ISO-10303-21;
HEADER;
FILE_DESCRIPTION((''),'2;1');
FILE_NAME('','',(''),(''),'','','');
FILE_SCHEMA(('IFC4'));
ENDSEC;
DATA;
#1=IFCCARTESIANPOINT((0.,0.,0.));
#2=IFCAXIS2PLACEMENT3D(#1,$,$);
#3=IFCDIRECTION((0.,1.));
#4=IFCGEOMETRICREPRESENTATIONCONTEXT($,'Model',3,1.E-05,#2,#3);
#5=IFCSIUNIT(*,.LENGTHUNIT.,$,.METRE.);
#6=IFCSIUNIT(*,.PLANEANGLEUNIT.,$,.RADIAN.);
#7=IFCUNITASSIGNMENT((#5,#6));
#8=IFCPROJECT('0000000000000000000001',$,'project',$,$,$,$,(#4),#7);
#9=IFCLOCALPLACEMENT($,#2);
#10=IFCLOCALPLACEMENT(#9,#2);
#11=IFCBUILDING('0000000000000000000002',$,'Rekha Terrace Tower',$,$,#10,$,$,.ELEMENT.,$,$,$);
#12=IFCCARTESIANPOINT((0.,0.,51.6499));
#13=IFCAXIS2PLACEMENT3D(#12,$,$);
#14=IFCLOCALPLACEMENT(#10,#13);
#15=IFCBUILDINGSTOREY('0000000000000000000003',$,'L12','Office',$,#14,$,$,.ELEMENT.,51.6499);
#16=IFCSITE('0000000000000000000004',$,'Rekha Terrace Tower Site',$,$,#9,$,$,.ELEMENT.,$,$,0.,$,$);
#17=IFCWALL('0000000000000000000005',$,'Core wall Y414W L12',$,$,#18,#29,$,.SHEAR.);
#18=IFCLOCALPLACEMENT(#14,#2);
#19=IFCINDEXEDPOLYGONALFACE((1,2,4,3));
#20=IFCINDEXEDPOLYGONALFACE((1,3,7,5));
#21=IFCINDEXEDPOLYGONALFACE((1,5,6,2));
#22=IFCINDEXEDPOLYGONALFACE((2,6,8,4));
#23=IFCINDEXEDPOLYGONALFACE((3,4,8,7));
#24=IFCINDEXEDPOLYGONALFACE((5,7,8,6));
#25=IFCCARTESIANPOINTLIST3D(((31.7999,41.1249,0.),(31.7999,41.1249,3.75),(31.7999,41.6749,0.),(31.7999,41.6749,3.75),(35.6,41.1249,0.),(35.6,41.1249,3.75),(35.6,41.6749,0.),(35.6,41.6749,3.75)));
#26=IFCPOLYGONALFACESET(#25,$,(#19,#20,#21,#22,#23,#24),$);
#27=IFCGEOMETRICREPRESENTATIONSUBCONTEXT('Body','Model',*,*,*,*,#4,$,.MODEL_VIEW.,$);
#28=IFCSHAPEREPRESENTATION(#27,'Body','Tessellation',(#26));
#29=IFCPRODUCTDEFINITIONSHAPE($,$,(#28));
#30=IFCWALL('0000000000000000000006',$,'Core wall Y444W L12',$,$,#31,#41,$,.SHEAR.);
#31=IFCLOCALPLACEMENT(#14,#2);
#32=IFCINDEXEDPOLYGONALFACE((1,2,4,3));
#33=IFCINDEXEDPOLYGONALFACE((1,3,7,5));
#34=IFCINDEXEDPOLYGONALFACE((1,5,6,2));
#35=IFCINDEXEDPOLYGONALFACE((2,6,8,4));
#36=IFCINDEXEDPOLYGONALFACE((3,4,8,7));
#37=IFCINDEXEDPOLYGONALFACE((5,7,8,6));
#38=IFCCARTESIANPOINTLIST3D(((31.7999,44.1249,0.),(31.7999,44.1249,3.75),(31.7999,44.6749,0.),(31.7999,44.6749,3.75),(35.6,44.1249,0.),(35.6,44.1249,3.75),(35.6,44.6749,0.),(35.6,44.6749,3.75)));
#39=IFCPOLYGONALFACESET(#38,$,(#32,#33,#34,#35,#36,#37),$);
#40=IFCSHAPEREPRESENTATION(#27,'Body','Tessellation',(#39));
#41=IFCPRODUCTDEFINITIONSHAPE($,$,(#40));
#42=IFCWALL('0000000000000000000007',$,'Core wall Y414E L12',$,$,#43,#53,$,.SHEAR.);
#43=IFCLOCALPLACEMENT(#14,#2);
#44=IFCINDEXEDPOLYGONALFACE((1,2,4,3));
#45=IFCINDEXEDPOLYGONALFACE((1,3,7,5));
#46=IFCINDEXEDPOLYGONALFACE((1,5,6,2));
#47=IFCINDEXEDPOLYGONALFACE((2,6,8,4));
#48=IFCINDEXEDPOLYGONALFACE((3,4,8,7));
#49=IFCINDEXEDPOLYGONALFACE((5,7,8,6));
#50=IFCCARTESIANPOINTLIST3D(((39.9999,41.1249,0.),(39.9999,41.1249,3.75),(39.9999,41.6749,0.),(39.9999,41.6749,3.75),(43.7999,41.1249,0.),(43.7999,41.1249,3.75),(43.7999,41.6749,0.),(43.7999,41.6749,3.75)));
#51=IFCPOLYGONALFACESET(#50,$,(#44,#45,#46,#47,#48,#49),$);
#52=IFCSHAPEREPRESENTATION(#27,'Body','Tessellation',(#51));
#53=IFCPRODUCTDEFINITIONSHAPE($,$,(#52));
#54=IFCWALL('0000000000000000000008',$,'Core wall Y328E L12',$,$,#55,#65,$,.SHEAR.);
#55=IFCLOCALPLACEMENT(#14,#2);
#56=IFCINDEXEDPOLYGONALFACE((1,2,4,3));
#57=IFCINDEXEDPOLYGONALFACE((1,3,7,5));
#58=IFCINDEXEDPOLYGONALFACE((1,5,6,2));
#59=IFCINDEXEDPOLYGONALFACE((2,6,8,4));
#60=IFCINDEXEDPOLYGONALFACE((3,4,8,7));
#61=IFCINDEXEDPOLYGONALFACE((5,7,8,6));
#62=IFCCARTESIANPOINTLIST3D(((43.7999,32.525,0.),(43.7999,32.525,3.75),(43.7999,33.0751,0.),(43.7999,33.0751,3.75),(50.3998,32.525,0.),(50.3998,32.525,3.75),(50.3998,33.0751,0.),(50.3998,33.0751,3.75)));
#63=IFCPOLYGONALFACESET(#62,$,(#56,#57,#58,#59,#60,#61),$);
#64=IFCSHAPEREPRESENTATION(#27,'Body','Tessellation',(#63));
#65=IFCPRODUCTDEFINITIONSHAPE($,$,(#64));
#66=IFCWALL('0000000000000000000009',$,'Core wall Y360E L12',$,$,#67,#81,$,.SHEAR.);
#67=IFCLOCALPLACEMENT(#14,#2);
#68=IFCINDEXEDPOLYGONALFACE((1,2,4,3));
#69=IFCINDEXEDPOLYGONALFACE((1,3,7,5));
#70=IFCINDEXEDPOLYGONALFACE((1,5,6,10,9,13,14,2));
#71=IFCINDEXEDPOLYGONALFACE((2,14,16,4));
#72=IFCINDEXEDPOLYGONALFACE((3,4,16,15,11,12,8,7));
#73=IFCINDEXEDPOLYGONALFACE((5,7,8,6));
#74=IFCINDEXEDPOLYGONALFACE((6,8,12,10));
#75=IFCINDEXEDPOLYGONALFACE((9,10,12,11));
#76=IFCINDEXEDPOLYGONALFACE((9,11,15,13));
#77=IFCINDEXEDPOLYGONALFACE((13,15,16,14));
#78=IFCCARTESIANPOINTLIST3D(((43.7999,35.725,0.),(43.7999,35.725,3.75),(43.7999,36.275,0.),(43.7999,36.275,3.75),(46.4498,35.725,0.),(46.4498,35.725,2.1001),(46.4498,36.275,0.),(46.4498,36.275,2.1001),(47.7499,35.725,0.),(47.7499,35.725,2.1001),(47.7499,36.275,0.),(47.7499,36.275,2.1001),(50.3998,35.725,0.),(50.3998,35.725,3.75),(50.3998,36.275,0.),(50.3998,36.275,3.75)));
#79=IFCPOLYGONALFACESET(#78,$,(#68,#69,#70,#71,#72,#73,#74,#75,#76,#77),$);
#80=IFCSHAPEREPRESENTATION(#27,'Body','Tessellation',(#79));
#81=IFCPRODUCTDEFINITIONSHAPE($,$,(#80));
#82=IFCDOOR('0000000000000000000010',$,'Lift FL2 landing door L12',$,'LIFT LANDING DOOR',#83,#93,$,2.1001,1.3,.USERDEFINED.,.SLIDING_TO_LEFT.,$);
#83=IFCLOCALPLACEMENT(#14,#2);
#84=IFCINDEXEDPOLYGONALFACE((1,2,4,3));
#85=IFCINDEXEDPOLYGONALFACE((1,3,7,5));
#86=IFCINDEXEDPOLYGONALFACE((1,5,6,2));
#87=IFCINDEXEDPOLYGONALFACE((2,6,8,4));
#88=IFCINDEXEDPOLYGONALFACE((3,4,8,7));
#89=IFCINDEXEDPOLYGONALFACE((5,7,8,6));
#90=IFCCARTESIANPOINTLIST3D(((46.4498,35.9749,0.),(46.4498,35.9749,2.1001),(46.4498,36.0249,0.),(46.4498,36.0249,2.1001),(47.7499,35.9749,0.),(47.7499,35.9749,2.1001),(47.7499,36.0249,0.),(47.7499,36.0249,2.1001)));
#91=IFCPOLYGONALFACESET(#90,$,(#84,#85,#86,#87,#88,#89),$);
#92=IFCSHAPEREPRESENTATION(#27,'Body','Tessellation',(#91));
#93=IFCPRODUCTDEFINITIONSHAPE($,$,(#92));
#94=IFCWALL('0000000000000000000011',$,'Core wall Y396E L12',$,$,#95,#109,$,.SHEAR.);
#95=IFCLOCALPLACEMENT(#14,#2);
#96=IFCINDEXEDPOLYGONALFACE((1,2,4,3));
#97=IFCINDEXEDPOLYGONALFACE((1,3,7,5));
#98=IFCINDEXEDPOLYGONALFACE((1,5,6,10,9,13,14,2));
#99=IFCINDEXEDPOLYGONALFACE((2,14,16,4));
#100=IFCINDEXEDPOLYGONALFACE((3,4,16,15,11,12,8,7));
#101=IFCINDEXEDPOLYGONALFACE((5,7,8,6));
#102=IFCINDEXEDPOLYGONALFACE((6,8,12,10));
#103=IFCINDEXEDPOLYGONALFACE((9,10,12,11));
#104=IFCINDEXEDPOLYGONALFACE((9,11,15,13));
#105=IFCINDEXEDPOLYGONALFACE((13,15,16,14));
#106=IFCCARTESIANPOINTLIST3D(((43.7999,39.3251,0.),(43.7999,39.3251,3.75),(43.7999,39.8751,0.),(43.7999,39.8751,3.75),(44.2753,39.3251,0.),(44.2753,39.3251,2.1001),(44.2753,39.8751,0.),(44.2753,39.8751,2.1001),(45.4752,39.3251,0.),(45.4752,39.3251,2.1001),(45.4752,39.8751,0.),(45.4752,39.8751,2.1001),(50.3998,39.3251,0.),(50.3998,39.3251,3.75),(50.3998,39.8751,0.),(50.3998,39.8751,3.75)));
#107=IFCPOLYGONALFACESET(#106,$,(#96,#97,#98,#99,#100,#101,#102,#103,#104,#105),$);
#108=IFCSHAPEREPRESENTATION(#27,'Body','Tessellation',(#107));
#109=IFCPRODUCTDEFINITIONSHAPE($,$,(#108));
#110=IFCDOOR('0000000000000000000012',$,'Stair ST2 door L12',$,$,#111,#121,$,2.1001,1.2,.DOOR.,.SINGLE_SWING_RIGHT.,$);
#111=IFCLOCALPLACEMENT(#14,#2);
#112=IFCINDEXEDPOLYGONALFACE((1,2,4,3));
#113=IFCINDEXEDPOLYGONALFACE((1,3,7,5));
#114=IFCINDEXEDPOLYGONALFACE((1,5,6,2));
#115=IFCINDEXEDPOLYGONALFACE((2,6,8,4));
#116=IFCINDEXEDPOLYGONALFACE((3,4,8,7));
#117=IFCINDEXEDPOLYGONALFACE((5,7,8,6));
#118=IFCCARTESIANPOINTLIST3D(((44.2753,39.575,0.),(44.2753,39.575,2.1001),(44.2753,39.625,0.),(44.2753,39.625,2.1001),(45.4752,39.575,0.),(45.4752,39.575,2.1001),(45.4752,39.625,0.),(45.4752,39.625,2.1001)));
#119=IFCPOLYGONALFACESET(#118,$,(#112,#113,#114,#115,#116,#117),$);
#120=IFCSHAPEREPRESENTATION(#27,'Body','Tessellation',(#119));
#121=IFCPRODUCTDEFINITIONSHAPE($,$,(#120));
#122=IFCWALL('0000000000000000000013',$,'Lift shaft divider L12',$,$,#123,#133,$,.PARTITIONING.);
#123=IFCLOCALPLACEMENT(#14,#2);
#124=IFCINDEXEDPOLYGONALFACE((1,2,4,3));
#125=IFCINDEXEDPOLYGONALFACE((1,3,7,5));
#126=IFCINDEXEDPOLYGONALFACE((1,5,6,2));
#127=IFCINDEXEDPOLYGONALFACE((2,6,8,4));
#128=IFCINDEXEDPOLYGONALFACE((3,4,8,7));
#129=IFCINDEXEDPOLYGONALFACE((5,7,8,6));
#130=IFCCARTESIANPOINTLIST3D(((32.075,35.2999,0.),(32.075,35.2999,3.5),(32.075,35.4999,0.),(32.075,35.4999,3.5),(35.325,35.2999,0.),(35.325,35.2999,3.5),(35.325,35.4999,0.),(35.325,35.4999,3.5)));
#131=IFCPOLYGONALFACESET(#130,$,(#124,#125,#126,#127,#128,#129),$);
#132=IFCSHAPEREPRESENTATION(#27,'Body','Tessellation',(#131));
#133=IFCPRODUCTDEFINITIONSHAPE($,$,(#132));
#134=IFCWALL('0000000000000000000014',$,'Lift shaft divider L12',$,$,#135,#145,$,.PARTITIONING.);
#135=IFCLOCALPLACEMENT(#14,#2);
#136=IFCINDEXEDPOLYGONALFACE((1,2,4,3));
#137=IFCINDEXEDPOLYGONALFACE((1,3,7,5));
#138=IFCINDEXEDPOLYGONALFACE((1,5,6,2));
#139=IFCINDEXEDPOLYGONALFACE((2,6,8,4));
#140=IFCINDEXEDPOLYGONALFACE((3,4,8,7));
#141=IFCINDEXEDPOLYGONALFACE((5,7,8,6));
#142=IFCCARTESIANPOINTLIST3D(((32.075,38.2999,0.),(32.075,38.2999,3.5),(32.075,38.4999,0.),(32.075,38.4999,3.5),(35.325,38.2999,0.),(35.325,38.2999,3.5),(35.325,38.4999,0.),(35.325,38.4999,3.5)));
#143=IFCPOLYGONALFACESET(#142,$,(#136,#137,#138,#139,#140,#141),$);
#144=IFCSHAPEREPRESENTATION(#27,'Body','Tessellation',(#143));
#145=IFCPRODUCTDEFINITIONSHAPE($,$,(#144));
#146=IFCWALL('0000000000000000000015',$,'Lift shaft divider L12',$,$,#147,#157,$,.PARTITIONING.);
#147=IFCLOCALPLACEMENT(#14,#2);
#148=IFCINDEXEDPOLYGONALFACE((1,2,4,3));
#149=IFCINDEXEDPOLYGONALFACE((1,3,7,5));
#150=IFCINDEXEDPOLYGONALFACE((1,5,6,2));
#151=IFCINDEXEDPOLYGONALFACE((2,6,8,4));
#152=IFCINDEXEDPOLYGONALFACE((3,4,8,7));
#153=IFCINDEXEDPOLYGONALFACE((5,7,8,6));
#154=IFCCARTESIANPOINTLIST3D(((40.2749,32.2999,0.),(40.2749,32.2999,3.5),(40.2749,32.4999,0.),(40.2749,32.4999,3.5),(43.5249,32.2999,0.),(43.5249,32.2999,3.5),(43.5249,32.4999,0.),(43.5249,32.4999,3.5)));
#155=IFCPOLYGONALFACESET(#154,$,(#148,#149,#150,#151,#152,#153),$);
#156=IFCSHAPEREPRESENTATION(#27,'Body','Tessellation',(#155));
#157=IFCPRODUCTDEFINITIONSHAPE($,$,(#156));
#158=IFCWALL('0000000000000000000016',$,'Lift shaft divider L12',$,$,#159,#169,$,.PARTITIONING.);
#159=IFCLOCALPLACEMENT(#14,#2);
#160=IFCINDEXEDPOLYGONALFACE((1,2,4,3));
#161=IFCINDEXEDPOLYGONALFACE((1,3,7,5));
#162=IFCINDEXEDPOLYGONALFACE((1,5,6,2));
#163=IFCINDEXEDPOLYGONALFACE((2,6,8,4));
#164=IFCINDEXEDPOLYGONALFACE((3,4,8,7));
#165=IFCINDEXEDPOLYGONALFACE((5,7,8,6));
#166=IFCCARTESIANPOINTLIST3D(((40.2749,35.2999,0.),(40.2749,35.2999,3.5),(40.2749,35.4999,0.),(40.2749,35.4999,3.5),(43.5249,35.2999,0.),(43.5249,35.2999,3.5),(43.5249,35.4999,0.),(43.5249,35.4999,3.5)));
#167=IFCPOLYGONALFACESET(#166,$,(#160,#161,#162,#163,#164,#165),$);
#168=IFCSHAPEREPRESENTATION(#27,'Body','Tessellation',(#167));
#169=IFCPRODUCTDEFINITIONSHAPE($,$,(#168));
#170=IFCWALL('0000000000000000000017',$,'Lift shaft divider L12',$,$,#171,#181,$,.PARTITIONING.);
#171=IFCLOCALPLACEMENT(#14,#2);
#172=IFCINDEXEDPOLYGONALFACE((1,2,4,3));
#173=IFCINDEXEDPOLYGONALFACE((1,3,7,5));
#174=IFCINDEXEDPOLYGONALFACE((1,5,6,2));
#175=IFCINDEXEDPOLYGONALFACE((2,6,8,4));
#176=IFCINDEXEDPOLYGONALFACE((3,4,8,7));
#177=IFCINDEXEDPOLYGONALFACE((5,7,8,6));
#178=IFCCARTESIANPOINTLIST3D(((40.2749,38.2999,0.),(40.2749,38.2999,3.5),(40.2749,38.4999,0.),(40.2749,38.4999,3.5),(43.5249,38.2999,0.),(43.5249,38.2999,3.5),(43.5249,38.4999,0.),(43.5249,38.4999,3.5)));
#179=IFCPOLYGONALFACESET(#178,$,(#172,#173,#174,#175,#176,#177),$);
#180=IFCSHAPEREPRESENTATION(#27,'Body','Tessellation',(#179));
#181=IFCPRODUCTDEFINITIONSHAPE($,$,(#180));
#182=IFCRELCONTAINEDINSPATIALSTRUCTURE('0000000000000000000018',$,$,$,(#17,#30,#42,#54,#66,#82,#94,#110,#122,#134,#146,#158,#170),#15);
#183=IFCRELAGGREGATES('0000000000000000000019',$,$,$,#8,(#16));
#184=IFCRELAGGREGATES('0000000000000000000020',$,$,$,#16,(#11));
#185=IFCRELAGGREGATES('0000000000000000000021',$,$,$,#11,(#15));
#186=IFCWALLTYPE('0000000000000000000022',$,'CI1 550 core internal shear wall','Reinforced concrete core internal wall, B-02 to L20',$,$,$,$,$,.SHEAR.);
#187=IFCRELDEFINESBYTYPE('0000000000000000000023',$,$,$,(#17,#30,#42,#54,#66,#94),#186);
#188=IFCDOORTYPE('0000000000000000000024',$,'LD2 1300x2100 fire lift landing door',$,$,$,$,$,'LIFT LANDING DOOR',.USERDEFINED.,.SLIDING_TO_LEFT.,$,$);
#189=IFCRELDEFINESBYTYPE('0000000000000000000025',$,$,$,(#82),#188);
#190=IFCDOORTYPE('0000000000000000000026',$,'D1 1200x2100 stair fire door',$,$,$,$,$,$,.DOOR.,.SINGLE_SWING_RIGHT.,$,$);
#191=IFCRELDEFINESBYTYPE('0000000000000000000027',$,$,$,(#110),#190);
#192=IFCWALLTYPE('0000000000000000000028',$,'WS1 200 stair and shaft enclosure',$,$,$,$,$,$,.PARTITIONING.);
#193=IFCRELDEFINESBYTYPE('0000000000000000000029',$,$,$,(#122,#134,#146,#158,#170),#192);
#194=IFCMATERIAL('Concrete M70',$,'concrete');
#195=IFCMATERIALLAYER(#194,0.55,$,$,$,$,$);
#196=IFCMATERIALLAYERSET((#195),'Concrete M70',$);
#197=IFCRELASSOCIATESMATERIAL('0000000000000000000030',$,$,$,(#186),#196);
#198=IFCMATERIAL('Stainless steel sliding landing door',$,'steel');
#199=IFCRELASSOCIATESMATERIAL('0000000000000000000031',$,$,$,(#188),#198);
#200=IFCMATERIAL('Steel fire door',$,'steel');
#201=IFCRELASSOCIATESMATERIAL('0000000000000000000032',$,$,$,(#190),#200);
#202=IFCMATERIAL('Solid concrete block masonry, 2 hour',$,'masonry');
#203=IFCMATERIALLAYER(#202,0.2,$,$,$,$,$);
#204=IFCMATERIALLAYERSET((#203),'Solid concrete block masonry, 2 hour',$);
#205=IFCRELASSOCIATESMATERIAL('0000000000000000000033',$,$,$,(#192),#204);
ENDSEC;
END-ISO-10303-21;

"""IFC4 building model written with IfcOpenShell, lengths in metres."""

from ifc_helpers import new_model, si_unit, direction, frame, frame_2d, origin, place, context, subcontext, project, spatial, rectangle, extrude, material, layer, layer_set, type_object, element, fill, save


model = new_model("IFC4")

# Units and contexts
model_context = context("Model", 3, precision=1e-05, world=origin(), true_north=direction((0.0, 1.0)))
body_context = subcontext(model_context, "Body", "Model", "MODEL_VIEW")
ifc_project = project(units=[si_unit("LENGTHUNIT", "METRE"), si_unit("PLANEANGLEUNIT", "RADIAN")], contexts=[model_context])

# Site, building, storey
site_placement = place(None, origin())
site = spatial("IfcSite", under=ifc_project, at=site_placement, Name="Rekha Terrace Tower Site", CompositionType="ELEMENT", RefElevation=0.0)
building_placement = place(site_placement, origin())
building = spatial("IfcBuilding", under=site, at=building_placement, Name="Rekha Terrace Tower", CompositionType="ELEMENT")
storey_placement = place(building_placement, frame((0.0, 0.0, 51.6499)))
storey = spatial("IfcBuildingStorey", under=building, at=storey_placement, Name="L12", Description="Office", CompositionType="ELEMENT", Elevation=51.6499)

# Walls
ifc_material_1 = material(Name="Concrete M70", Category="concrete")
ifc_layer_1 = layer(ifc_material_1, 0.55)
ifc_layer_set_1 = layer_set([ifc_layer_1], Name="Concrete M70")
wall_type_1 = type_object("IfcWallType", Name="CI1 550 core internal shear wall", Description="Reinforced concrete core internal wall, B-02 to L20", PredefinedType="SHEAR", material=ifc_layer_set_1)
for number, where, z_axis, x_axis, name in (
    (1, (31.8, 41.3999, 0.0), (0.0, 0.0, 1.0), (1.0, 0.0, 0.0), "Core wall Y414W L12"),
    (2, (31.8, 44.3999, 0.0), (0.0, 0.0, 1.0), (1.0, 0.0, 0.0), "Core wall Y444W L12"),
    (3, (40.0, 41.3999, 0.0), (0.0, 0.0, 1.0), (1.0, 0.0, 0.0), "Core wall Y414E L12"),
):
    element("IfcWall", number, at=place(storey_placement, frame(where, z_axis=z_axis, x_axis=x_axis)), inside=storey, type_object=wall_type_1, Name=name, PredefinedType="SHEAR", context=body_context, shape_type="SweptSolid", body=[
        extrude(rectangle(XDim=3.8, YDim=0.55, at=frame_2d((1.8999, 0.0))), origin(), (0.0, 0.0, 1.0), 3.75),
    ])
wall_1_placement = place(storey_placement, frame((43.8, 32.8, 0.0), z_axis=(0.0, 0.0, 1.0), x_axis=(1.0, 0.0, 0.0)))
element("IfcWall", 4, at=wall_1_placement, inside=storey, type_object=wall_type_1, Name="Core wall Y328E L12", PredefinedType="SHEAR", context=body_context, shape_type="SweptSolid", body=[
    extrude(rectangle(XDim=6.5999, YDim=0.55, at=frame_2d((3.2998, 0.0))), origin(), (0.0, 0.0, 1.0), 3.75),
])

# Walls, openings, doors
wall_2_placement = place(storey_placement, frame((43.8, 36.0, 0.0), z_axis=(0.0, 0.0, 1.0), x_axis=(1.0, 0.0, 0.0)))
wall_2 = element("IfcWall", 5, at=wall_2_placement, inside=storey, type_object=wall_type_1, Name="Core wall Y360E L12", PredefinedType="SHEAR", context=body_context, shape_type="SweptSolid", body=[
    extrude(rectangle(XDim=6.5999, YDim=0.55, at=frame_2d((3.2998, 0.0))), origin(), (0.0, 0.0, 1.0), 3.75),
])
opening_1_placement = place(wall_2_placement, frame((2.6499, 0.0, 0.0)))
opening_1 = element("IfcOpeningElement", 6, at=opening_1_placement, cuts=wall_2, PredefinedType="OPENING", context=body_context, shape_type="SweptSolid", body=[
    extrude(rectangle(XDim=1.3, YDim=2.1001, at=frame_2d((0.6499, 1.05))), frame((0.0, 0.2849, 0.0), z_axis=(0.0, -1.0, 0.0), x_axis=(1.0, 0.0, 0.0)), (0.0, 0.0, 1.0), 0.5701),
])
ifc_material_2 = material(Name="Stainless steel sliding landing door", Category="steel")
door_type_1 = type_object("IfcDoorType", Name="LD2 1300x2100 fire lift landing door", ElementType="LIFT LANDING DOOR", OperationType="SLIDING_TO_LEFT", PredefinedType="USERDEFINED", material=ifc_material_2)
door_1_placement = place(opening_1_placement, origin())
door_1 = element("IfcDoor", 7, at=door_1_placement, inside=storey, type_object=door_type_1, Name="Lift FL2 landing door L12", ObjectType="LIFT LANDING DOOR", OperationType="SLIDING_TO_LEFT", OverallHeight=2.1001, OverallWidth=1.3, PredefinedType="USERDEFINED", context=body_context, shape_type="SweptSolid", body=[
    extrude(rectangle(XDim=1.3, YDim=2.1001, at=frame_2d((0.6499, 1.05))), frame((0.0, 0.0249, 0.0), z_axis=(0.0, -1.0, 0.0), x_axis=(1.0, 0.0, 0.0)), (0.0, 0.0, 1.0), 0.05),
])
fill(opening_1, door_1)
wall_3_placement = place(storey_placement, frame((43.8, 39.6001, 0.0), z_axis=(0.0, 0.0, 1.0), x_axis=(1.0, 0.0, 0.0)))
wall_3 = element("IfcWall", 8, at=wall_3_placement, inside=storey, type_object=wall_type_1, Name="Core wall Y396E L12", PredefinedType="SHEAR", context=body_context, shape_type="SweptSolid", body=[
    extrude(rectangle(XDim=6.5999, YDim=0.55, at=frame_2d((3.2998, 0.0))), origin(), (0.0, 0.0, 1.0), 3.75),
])
opening_2_placement = place(wall_3_placement, frame((0.4751, 0.0, 0.0)))
opening_2 = element("IfcOpeningElement", 9, at=opening_2_placement, cuts=wall_3, PredefinedType="OPENING", context=body_context, shape_type="SweptSolid", body=[
    extrude(rectangle(XDim=1.2, YDim=2.1001, at=frame_2d((0.6001, 1.05))), frame((0.0, 0.2849, 0.0), z_axis=(0.0, -1.0, 0.0), x_axis=(1.0, 0.0, 0.0)), (0.0, 0.0, 1.0), 0.5701),
])
ifc_material_3 = material(Name="Steel fire door", Category="steel")
door_type_2 = type_object("IfcDoorType", Name="D1 1200x2100 stair fire door", OperationType="SINGLE_SWING_RIGHT", PredefinedType="DOOR", material=ifc_material_3)
door_2_placement = place(opening_2_placement, origin())
door_2 = element("IfcDoor", 10, at=door_2_placement, inside=storey, type_object=door_type_2, Name="Stair ST2 door L12", OperationType="SINGLE_SWING_RIGHT", OverallHeight=2.1001, OverallWidth=1.2, PredefinedType="DOOR", context=body_context, shape_type="SweptSolid", body=[
    extrude(rectangle(XDim=1.2, YDim=2.1001, at=frame_2d((0.6001, 1.05))), frame((0.0, 0.0249, 0.0), z_axis=(0.0, -1.0, 0.0), x_axis=(1.0, 0.0, 0.0)), (0.0, 0.0, 1.0), 0.05),
])
fill(opening_2, door_2)

# Walls
ifc_material_4 = material(Name="Solid concrete block masonry, 2 hour", Category="masonry")
ifc_layer_2 = layer(ifc_material_4, 0.2)
ifc_layer_set_2 = layer_set([ifc_layer_2], Name="Solid concrete block masonry, 2 hour")
wall_type_2 = type_object("IfcWallType", Name="WS1 200 stair and shaft enclosure", PredefinedType="PARTITIONING", material=ifc_layer_set_2)
for number, where, z_axis, x_axis, name in (
    (11, (32.075, 35.3999, 0.0), (0.0, 0.0, 1.0), (1.0, 0.0, 0.0), "Lift shaft divider L12"),
    (12, (32.075, 38.3999, 0.0), (0.0, 0.0, 1.0), (1.0, 0.0, 0.0), "Lift shaft divider L12"),
    (13, (40.2749, 32.3999, 0.0), (0.0, 0.0, 1.0), (1.0, 0.0, 0.0), "Lift shaft divider L12"),
    (14, (40.2749, 35.3999, 0.0), (0.0, 0.0, 1.0), (1.0, 0.0, 0.0), "Lift shaft divider L12"),
    (15, (40.2749, 38.3999, 0.0), (0.0, 0.0, 1.0), (1.0, 0.0, 0.0), "Lift shaft divider L12"),
):
    element("IfcWall", number, at=place(storey_placement, frame(where, z_axis=z_axis, x_axis=x_axis)), inside=storey, type_object=wall_type_2, Name=name, PredefinedType="PARTITIONING", context=body_context, shape_type="SweptSolid", body=[
        extrude(rectangle(XDim=3.25, YDim=0.2, at=frame_2d((1.625, 0.0))), origin(), (0.0, 0.0, 1.0), 3.5),
    ])

save(model, "model.ifc")
